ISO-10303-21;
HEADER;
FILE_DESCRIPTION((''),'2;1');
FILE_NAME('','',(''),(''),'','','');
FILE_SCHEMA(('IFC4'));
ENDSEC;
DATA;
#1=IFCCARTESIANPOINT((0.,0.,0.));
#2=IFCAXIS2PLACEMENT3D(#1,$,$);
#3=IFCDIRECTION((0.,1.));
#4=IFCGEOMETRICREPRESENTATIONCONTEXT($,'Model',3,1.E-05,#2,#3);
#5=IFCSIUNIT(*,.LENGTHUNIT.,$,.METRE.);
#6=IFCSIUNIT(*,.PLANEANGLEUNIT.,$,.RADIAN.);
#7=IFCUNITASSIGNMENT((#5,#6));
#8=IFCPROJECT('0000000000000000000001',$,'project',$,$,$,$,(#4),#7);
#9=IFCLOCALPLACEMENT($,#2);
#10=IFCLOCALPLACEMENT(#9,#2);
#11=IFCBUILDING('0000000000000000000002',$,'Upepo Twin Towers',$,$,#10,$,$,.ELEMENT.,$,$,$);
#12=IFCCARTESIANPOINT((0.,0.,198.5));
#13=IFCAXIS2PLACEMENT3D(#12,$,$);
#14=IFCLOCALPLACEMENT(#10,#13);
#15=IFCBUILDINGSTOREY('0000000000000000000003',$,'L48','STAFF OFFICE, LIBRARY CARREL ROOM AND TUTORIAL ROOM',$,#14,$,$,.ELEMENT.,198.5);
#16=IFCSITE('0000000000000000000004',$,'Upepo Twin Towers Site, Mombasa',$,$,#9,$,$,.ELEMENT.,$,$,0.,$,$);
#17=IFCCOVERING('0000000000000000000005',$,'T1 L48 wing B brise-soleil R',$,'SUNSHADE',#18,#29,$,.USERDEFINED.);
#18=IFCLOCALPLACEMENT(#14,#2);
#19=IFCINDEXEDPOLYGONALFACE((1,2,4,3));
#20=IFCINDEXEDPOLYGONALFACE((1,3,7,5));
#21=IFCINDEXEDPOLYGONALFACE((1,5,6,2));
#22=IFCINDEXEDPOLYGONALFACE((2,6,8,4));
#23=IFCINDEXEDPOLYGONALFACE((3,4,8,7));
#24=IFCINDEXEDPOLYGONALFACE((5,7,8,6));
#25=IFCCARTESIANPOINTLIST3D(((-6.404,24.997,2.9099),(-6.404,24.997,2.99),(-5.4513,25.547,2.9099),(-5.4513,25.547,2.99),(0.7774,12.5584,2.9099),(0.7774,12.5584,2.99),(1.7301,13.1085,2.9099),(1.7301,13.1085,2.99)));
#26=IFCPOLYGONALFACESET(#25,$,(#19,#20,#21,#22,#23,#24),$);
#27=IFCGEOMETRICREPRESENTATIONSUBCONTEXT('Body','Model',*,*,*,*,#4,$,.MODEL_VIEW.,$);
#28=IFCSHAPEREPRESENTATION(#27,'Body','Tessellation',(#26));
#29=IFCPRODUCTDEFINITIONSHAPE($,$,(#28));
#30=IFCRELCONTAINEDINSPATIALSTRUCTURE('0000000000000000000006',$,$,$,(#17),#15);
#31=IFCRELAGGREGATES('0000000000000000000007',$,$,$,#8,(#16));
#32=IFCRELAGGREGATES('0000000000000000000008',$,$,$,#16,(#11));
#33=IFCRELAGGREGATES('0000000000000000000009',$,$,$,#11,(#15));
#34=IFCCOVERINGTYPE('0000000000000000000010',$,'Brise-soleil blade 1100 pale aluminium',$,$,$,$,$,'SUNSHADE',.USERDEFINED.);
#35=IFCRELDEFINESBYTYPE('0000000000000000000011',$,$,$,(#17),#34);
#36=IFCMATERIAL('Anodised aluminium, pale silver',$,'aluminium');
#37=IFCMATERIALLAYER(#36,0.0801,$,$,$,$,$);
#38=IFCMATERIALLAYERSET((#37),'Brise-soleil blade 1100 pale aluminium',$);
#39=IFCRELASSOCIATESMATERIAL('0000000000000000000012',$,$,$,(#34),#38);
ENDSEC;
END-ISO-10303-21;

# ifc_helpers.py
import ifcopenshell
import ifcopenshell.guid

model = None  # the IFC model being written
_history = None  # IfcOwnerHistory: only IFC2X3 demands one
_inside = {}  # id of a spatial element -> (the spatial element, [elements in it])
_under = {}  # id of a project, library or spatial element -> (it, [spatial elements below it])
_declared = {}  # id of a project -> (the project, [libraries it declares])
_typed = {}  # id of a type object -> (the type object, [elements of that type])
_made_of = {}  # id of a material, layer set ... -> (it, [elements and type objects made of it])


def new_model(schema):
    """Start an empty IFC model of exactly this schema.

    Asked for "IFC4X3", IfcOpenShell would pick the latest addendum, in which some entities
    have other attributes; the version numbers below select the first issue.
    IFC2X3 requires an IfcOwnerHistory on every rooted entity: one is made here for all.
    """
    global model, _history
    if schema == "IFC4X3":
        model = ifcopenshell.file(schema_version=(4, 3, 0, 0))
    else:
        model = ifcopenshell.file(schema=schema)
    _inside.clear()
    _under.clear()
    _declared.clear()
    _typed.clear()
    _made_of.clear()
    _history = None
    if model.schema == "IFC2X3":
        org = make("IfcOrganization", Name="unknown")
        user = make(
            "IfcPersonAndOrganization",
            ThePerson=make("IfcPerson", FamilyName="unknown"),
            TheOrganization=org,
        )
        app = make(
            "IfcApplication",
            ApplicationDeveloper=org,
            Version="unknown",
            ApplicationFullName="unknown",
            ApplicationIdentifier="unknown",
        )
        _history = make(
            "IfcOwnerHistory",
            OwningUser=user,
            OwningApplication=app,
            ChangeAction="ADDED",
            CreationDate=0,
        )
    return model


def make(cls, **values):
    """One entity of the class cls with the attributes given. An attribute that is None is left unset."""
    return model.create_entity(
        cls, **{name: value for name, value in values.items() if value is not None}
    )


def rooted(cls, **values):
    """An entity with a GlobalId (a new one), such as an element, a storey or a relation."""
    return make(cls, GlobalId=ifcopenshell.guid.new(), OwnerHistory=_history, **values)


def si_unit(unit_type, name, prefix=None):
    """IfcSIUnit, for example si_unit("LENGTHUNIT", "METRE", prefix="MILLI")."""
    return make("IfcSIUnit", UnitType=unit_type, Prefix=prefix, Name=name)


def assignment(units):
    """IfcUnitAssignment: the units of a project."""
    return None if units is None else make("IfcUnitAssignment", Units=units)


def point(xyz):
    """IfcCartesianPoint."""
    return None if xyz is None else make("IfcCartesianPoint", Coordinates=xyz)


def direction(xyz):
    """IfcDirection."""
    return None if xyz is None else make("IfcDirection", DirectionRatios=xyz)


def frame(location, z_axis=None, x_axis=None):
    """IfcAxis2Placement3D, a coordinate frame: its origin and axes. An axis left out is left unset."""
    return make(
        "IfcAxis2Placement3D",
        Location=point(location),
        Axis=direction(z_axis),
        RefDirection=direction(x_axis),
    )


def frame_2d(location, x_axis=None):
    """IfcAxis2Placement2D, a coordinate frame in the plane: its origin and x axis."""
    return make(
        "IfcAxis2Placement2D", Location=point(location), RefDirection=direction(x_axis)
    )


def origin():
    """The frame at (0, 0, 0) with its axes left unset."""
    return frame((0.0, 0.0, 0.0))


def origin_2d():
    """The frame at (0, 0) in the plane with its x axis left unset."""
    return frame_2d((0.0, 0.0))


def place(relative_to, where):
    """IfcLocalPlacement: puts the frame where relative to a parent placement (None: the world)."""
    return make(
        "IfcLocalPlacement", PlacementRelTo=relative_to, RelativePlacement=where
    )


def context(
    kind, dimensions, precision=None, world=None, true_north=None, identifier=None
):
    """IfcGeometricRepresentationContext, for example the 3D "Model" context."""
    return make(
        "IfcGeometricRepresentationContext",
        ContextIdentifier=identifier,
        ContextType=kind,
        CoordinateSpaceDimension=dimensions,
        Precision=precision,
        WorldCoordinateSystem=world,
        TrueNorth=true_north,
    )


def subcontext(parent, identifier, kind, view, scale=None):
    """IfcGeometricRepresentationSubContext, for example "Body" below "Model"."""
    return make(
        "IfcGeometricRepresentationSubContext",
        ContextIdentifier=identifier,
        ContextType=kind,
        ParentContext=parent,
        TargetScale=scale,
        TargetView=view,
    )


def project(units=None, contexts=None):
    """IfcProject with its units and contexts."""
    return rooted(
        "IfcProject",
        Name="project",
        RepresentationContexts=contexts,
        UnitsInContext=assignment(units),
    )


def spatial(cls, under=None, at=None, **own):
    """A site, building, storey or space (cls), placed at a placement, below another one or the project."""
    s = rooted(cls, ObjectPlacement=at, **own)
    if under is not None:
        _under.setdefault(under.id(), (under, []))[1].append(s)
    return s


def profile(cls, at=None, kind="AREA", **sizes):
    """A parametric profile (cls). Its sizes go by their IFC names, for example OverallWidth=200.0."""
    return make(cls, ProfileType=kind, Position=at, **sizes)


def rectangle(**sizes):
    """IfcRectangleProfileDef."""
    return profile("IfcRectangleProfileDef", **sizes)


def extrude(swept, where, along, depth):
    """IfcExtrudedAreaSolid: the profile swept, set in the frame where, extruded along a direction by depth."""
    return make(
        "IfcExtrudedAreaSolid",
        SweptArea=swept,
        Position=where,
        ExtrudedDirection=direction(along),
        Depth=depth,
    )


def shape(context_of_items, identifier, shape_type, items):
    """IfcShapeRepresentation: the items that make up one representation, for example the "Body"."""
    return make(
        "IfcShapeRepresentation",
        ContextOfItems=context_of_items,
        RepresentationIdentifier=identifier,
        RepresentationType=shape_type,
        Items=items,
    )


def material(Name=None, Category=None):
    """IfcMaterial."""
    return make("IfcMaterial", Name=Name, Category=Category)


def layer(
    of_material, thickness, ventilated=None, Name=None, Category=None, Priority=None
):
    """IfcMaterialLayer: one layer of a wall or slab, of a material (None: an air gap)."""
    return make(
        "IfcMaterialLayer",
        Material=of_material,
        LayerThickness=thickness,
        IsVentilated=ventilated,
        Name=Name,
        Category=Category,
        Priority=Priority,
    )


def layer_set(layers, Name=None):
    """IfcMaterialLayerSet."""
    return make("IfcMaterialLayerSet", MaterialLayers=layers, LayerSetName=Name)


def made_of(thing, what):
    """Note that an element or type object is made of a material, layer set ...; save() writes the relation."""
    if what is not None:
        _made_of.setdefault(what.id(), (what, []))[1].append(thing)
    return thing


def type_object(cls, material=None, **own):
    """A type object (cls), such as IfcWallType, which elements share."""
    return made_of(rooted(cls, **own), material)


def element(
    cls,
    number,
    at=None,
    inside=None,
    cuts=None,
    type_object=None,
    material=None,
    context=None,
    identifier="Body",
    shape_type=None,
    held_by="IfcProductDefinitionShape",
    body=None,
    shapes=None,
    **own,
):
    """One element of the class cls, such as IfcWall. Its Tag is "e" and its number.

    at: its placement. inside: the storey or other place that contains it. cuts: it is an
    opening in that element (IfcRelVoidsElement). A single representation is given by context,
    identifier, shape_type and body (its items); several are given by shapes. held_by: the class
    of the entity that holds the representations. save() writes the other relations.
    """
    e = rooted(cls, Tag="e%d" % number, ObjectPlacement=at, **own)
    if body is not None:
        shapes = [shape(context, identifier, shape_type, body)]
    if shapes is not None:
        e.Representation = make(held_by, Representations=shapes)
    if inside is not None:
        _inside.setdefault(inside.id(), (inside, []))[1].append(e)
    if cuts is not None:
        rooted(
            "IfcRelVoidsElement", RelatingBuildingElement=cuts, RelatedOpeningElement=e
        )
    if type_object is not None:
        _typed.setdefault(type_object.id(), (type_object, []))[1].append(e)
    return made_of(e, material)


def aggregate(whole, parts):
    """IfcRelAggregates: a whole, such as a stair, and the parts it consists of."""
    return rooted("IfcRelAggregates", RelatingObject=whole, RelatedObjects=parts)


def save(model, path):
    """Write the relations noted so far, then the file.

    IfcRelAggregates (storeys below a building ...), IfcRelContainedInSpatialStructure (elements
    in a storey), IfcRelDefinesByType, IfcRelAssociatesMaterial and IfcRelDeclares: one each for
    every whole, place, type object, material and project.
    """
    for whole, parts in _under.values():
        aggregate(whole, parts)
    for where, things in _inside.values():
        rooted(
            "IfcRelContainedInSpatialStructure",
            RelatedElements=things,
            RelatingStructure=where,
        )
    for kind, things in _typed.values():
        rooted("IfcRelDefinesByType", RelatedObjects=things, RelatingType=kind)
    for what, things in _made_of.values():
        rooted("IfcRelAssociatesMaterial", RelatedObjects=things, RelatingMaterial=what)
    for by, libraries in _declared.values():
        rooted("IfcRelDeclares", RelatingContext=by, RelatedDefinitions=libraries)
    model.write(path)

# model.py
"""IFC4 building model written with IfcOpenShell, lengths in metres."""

from ifc_helpers import new_model, si_unit, direction, frame, origin, origin_2d, place, context, subcontext, project, spatial, rectangle, extrude, material, layer, layer_set, type_object, element, save


model = new_model("IFC4")

# Units and contexts
model_context = context("Model", 3, precision=1e-05, world=origin(), true_north=direction((0.0, 1.0)))
body_context = subcontext(model_context, "Body", "Model", "MODEL_VIEW")
ifc_project = project(units=[si_unit("LENGTHUNIT", "METRE"), si_unit("PLANEANGLEUNIT", "RADIAN")], contexts=[model_context])

# Site, building, storey
site_placement = place(None, origin())
site = spatial("IfcSite", under=ifc_project, at=site_placement, Name="Upepo Twin Towers Site, Mombasa", CompositionType="ELEMENT", RefElevation=0.0)
building_placement = place(site_placement, origin())
building = spatial("IfcBuilding", under=site, at=building_placement, Name="Upepo Twin Towers", CompositionType="ELEMENT")
storey_placement = place(building_placement, frame((0.0, 0.0, 198.5)))
storey = spatial("IfcBuildingStorey", under=building, at=storey_placement, Name="L48", Description="STAFF OFFICE, LIBRARY CARREL ROOM AND TUTORIAL ROOM", CompositionType="ELEMENT", Elevation=198.5)

# Covering
ifc_material_1 = material(Name="Anodised aluminium, pale silver", Category="aluminium")
ifc_layer_1 = layer(ifc_material_1, 0.0801)
ifc_layer_set_1 = layer_set([ifc_layer_1], Name="Brise-soleil blade 1100 pale aluminium")
covering_type = type_object("IfcCoveringType", Name="Brise-soleil blade 1100 pale aluminium", ElementType="SUNSHADE", PredefinedType="USERDEFINED", material=ifc_layer_set_1)
covering_placement = place(storey_placement, frame((-2.3369, 19.0527, 2.9099), z_axis=(0.0, 0.0, 1.0), x_axis=(-0.5, 0.866025, 0.0)))
element("IfcCovering", 1, at=covering_placement, inside=storey, type_object=covering_type, Name="T1 L48 wing B brise-soleil R", ObjectType="SUNSHADE", PredefinedType="USERDEFINED", context=body_context, shape_type="SweptSolid", body=[
    extrude(rectangle(XDim=14.3628, YDim=1.1001, at=origin_2d()), origin(), (0.0, 0.0, 1.0), 0.0801),
])

save(model, "model.ifc")
